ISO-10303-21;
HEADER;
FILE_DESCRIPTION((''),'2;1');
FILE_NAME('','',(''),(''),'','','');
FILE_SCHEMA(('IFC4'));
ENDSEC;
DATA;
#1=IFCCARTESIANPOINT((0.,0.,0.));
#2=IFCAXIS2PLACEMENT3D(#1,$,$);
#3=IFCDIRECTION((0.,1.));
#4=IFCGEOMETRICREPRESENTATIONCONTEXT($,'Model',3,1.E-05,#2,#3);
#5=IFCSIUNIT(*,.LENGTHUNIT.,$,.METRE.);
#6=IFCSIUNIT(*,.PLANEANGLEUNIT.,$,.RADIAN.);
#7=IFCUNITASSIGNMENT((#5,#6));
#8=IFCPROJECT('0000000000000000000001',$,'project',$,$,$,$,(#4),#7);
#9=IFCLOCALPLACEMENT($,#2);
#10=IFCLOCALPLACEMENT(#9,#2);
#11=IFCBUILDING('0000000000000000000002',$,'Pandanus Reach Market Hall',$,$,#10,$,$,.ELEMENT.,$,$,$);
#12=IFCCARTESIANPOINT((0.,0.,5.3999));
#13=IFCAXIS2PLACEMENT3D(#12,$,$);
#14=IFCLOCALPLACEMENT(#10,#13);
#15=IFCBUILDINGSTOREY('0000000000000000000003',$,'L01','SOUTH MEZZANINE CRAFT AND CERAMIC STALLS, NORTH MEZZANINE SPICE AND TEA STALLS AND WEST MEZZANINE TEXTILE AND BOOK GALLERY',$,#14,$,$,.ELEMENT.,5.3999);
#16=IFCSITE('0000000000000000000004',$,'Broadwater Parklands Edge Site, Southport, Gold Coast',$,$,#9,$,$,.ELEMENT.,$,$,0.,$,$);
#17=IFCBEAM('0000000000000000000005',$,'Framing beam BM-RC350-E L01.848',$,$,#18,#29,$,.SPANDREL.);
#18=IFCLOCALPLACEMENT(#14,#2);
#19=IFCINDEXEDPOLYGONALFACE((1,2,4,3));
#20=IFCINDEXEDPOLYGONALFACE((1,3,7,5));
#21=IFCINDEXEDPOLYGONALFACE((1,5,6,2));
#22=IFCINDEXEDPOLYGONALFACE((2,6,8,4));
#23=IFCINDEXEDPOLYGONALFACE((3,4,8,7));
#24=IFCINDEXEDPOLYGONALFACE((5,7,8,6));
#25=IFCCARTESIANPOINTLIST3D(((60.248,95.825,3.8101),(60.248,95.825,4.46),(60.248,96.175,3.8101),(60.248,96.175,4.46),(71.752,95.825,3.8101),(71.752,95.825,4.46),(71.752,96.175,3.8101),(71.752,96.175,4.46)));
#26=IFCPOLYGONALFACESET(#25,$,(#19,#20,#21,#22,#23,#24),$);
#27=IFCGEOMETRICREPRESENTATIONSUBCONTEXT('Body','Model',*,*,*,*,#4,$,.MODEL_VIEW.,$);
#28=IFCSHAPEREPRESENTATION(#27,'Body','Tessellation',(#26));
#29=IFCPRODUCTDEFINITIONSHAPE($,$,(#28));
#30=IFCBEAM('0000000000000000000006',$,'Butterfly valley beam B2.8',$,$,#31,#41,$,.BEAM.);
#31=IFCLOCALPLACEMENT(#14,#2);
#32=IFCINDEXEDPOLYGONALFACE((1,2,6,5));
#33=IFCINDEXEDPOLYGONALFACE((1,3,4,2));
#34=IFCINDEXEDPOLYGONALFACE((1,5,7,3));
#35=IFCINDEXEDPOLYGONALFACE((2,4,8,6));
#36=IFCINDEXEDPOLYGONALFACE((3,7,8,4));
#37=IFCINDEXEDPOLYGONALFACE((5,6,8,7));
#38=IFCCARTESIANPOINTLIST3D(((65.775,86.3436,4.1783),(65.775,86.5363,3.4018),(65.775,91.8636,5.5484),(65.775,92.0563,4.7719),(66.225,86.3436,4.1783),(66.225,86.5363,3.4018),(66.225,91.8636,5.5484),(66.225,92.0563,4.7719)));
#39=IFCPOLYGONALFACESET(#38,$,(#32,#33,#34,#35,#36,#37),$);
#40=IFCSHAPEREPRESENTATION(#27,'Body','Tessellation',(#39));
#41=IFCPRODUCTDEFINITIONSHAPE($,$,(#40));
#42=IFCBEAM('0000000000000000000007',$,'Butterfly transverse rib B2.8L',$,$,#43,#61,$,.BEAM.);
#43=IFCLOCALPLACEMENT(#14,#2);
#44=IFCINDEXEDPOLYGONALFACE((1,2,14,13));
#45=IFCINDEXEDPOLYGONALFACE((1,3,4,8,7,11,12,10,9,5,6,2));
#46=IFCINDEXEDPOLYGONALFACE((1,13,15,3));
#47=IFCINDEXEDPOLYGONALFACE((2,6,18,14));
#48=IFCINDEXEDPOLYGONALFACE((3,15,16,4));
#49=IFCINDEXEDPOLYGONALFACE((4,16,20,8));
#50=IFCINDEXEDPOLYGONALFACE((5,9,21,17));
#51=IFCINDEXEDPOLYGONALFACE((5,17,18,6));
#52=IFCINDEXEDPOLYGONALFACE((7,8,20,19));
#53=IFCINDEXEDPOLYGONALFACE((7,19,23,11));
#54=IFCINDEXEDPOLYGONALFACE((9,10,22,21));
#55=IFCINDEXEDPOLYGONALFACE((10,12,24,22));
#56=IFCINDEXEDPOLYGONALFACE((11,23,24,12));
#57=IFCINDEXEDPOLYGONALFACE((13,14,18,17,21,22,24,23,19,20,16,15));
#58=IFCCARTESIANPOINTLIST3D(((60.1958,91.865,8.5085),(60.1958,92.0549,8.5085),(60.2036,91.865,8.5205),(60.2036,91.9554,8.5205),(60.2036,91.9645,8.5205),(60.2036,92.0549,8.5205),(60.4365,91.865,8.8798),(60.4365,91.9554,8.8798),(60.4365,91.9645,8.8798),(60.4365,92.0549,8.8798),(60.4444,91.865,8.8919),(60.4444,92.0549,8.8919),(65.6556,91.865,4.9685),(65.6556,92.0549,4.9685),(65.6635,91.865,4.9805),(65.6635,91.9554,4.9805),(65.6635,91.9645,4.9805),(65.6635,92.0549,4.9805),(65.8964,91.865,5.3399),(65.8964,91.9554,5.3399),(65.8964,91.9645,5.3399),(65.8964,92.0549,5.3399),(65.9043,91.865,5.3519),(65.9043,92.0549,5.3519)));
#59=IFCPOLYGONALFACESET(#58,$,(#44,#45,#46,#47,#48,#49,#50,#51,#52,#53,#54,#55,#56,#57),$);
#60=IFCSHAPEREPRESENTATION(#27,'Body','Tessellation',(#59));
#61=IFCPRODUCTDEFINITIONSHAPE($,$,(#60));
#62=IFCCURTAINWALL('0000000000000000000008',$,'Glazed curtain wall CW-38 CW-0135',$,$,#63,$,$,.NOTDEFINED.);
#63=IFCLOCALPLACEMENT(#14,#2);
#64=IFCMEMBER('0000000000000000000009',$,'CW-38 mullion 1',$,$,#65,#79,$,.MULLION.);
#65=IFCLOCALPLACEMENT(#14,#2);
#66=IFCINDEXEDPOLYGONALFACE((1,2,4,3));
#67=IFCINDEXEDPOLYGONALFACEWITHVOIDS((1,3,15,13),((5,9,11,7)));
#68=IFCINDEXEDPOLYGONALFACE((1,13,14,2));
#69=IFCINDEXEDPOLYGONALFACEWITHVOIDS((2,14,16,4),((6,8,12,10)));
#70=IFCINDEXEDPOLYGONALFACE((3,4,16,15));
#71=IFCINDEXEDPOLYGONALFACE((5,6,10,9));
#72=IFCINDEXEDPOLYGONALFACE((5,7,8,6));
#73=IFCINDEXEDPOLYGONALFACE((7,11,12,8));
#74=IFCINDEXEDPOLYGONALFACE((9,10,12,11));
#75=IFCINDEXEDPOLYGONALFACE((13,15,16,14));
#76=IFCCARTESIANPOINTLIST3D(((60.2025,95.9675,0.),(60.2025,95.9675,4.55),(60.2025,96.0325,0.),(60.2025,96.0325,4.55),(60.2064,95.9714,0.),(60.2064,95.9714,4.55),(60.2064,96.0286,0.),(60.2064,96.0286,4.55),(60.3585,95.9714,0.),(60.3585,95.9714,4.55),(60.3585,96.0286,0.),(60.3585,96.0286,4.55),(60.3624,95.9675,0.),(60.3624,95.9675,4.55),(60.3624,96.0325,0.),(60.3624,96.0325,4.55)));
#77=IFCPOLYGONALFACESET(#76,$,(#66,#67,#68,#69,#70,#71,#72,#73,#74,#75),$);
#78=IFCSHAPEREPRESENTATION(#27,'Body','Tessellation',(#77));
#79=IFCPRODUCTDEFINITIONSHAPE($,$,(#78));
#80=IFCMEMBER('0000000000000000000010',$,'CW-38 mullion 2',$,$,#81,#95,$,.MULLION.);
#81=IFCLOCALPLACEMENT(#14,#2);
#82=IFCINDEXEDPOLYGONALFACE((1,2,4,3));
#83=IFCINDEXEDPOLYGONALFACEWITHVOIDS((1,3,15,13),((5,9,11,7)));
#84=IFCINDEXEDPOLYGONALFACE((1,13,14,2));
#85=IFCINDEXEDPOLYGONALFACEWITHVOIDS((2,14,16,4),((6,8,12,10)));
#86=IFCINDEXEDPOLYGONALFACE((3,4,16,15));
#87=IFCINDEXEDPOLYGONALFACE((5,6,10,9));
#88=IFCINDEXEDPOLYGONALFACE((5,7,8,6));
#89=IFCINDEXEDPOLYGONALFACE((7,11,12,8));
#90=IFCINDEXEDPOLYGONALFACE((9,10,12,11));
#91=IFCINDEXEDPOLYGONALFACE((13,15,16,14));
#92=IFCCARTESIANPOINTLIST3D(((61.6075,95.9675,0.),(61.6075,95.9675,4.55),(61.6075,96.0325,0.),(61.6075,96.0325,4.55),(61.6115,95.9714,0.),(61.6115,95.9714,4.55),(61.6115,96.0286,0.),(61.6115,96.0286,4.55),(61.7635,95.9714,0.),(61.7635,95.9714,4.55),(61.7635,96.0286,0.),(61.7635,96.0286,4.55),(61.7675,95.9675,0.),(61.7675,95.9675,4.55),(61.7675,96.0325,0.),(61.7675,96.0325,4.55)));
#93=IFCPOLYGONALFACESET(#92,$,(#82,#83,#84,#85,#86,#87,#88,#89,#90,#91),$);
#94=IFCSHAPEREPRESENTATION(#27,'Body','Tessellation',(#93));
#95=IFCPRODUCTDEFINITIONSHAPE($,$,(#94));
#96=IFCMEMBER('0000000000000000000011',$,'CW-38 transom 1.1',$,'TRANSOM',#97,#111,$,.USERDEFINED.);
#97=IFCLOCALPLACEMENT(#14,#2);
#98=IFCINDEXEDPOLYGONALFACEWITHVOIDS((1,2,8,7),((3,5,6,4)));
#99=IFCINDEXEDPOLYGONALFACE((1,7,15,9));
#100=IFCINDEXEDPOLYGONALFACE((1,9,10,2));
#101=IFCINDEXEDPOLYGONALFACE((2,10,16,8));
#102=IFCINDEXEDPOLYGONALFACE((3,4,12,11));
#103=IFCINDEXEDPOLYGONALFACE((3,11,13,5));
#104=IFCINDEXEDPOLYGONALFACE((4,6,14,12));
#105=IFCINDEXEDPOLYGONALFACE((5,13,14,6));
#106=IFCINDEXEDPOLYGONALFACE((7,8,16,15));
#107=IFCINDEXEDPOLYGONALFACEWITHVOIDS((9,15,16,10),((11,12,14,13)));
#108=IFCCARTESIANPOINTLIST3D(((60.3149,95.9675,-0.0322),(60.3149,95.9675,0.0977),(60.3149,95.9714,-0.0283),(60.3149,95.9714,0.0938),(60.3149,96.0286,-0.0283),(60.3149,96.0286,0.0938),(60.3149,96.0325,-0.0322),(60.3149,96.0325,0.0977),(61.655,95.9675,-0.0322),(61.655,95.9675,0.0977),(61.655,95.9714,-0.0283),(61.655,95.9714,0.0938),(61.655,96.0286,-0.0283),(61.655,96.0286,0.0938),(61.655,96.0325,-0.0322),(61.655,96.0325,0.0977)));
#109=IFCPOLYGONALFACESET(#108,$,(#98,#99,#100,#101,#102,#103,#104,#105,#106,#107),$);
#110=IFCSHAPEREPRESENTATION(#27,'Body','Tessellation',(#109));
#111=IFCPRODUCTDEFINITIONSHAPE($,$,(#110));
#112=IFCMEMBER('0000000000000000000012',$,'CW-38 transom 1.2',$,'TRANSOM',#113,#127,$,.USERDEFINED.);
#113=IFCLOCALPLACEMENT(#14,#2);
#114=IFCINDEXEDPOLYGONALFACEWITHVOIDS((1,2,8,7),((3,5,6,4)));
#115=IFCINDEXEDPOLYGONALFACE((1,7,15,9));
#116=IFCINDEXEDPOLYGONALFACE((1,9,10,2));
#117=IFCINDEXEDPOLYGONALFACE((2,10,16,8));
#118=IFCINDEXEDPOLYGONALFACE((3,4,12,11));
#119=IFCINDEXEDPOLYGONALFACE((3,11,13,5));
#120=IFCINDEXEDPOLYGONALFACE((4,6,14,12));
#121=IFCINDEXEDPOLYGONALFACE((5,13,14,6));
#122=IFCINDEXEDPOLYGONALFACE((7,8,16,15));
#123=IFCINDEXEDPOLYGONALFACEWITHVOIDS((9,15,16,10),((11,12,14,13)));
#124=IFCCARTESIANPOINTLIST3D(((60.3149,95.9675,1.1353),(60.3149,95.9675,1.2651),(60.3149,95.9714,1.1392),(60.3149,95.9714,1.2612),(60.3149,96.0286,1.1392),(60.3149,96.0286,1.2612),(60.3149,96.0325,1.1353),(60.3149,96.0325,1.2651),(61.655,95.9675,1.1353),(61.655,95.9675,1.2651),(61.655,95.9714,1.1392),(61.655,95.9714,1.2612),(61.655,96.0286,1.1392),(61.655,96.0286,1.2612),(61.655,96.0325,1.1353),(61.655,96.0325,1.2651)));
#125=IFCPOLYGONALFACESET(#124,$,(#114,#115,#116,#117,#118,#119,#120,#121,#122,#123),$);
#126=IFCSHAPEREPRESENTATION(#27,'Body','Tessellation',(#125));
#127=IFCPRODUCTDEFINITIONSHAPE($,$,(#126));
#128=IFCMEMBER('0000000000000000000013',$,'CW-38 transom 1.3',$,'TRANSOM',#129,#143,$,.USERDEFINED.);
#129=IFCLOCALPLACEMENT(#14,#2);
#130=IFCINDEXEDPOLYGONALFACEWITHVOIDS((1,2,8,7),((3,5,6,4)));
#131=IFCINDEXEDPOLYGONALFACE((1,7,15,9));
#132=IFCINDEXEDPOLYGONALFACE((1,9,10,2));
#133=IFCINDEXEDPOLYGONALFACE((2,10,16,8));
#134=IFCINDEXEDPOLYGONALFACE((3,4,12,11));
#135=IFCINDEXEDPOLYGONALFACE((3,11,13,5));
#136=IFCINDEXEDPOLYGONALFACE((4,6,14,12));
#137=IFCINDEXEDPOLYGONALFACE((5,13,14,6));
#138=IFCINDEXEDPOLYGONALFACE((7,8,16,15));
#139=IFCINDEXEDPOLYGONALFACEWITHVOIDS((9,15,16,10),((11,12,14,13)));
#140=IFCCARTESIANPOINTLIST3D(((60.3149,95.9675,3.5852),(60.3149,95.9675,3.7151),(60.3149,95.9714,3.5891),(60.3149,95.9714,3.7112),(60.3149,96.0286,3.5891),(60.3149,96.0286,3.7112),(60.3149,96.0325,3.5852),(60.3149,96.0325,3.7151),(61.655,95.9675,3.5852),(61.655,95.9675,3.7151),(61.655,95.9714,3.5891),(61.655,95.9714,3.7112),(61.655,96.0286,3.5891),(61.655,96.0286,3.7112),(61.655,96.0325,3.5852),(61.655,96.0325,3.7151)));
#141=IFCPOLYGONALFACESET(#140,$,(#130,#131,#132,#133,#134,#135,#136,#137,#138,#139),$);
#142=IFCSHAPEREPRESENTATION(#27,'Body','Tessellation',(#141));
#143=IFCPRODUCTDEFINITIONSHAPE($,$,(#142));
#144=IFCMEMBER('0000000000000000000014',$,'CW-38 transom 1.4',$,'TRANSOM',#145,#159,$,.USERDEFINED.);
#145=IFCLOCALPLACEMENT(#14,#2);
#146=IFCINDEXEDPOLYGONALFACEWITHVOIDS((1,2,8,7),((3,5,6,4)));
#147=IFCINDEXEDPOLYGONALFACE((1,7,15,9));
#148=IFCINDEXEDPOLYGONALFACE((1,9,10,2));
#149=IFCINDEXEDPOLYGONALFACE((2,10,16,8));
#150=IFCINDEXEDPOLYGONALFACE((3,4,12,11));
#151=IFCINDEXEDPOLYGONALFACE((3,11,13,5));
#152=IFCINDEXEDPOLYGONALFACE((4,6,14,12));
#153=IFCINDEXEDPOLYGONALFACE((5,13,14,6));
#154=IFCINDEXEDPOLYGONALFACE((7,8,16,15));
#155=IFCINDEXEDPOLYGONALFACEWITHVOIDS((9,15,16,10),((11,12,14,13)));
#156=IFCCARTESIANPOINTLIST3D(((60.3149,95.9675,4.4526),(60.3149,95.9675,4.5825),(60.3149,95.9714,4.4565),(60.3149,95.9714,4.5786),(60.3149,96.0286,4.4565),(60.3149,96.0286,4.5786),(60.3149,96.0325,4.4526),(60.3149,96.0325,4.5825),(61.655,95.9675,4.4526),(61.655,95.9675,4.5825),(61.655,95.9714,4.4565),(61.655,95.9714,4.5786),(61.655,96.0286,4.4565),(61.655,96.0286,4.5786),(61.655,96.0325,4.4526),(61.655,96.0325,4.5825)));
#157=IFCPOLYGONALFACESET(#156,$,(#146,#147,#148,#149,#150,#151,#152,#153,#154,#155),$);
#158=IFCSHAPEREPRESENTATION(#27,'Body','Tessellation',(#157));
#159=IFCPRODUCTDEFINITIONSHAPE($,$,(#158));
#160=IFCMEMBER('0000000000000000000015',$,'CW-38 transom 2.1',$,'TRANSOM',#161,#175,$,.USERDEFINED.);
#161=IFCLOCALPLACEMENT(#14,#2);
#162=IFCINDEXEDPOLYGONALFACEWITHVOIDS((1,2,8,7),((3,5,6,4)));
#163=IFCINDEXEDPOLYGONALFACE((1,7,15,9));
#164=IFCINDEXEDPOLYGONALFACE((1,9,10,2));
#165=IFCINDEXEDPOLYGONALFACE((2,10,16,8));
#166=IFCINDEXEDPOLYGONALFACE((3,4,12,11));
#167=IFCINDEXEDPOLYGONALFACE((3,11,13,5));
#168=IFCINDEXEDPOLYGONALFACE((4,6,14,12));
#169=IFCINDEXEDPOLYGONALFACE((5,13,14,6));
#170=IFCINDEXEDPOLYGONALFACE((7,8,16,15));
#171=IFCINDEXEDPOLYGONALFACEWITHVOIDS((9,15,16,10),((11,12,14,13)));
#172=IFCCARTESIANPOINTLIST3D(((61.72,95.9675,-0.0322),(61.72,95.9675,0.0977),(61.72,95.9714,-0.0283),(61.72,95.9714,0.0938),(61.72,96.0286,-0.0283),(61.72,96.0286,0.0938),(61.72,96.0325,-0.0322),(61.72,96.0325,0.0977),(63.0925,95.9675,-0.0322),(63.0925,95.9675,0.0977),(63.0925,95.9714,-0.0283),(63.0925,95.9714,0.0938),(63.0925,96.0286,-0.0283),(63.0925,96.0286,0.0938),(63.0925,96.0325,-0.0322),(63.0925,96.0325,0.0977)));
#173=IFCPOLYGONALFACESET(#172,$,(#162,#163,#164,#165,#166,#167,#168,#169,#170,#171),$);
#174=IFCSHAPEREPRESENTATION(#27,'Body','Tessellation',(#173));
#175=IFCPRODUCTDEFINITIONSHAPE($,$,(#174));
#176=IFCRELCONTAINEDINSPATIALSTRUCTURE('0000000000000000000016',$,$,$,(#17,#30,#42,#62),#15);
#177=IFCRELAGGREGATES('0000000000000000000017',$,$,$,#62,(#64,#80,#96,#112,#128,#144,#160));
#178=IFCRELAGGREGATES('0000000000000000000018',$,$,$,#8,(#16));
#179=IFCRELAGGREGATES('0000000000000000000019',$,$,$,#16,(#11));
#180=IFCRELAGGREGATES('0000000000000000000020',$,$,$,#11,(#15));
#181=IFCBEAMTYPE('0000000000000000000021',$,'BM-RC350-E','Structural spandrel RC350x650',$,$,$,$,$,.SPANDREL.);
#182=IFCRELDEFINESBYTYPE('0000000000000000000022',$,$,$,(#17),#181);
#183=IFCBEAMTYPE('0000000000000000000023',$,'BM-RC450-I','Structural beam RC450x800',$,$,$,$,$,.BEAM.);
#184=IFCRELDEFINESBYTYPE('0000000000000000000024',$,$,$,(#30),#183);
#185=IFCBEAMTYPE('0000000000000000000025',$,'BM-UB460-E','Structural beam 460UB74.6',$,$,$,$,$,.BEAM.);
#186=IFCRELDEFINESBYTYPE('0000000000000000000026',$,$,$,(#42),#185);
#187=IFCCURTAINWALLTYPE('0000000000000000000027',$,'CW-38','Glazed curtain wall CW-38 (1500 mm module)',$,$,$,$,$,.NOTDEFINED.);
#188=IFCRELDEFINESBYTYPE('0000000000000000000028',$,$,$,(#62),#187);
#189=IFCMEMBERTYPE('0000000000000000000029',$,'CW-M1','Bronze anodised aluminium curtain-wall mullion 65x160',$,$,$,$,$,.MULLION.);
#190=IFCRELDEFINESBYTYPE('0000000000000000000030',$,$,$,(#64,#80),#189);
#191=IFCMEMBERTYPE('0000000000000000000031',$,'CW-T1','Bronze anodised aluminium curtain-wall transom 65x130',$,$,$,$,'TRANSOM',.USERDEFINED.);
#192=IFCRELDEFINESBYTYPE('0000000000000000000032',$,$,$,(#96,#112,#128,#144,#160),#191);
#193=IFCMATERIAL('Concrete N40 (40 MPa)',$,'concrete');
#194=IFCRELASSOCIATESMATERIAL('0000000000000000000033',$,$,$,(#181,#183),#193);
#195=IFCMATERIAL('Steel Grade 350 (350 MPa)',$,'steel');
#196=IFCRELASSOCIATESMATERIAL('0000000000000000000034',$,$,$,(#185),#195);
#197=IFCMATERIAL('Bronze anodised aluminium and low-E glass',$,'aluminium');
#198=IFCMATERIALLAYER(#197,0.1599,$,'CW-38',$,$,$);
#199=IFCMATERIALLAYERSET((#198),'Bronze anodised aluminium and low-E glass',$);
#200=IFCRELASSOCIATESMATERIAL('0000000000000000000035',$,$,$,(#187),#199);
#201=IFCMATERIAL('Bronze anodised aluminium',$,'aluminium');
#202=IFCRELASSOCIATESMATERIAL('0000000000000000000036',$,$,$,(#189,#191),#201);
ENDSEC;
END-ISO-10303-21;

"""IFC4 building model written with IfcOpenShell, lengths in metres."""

from ifc_helpers import new_model, si_unit, direction, frame, origin, origin_2d, place, context, subcontext, project, spatial, rectangle, hollow_rectangle, i_section, extrude, material, layer, layer_set, material_profile, profile_set, type_object, element, aggregate, save


model = new_model("IFC4")

# Units and contexts
model_context = context("Model", 3, precision=1e-05, world=origin(), true_north=direction((0.0, 1.0)))
body_context = subcontext(model_context, "Body", "Model", "MODEL_VIEW")
ifc_project = project(units=[si_unit("LENGTHUNIT", "METRE"), si_unit("PLANEANGLEUNIT", "RADIAN")], contexts=[model_context])

# Site, building, storey
site_placement = place(None, origin())
site = spatial("IfcSite", under=ifc_project, at=site_placement, Name="Broadwater Parklands Edge Site, Southport, Gold Coast", CompositionType="ELEMENT", RefElevation=0.0)
building_placement = place(site_placement, origin())
building = spatial("IfcBuilding", under=site, at=building_placement, Name="Pandanus Reach Market Hall", CompositionType="ELEMENT")
storey_placement = place(building_placement, frame((0.0, 0.0, 5.3999)))
storey = spatial("IfcBuildingStorey", under=building, at=storey_placement, Name="L01", Description="SOUTH MEZZANINE CRAFT AND CERAMIC STALLS, NORTH MEZZANINE SPICE AND TEA STALLS AND WEST MEZZANINE TEXTILE AND BOOK GALLERY", CompositionType="ELEMENT", Elevation=5.3999)

# Beams
ifc_material_1 = material(Name="Concrete N40 (40 MPa)", Category="concrete")
ifc_material_profile_1 = material_profile(ifc_material_1, rectangle(XDim=0.3501, YDim=0.6499, at=origin_2d()), Name="RC350x650", Category="LoadBearing")
ifc_profile_set_1 = profile_set([ifc_material_profile_1], Name="Concrete N40 (40 MPa)")
beam_type_1 = type_object("IfcBeamType", Name="BM-RC350-E", Description="Structural spandrel RC350x650", PredefinedType="SPANDREL", material=ifc_profile_set_1)
beam_1_placement = place(storey_placement, frame((60.248, 96.0, 4.135), z_axis=(1.0, 0.0, 0.0), x_axis=(0.0, 1.0, 0.0)))
element("IfcBeam", 1, at=beam_1_placement, inside=storey, type_object=beam_type_1, Name="Framing beam BM-RC350-E L01.848", PredefinedType="SPANDREL", context=body_context, shape_type="SweptSolid", body=[
    extrude(rectangle(XDim=0.3501, YDim=0.6499, at=origin_2d()), origin(), (0.0, 0.0, 1.0), 11.5039),
])
ifc_material_profile_2 = material_profile(ifc_material_1, rectangle(XDim=0.45, YDim=0.8, at=origin_2d()), Name="RC450x800", Category="LoadBearing")
ifc_profile_set_2 = profile_set([ifc_material_profile_2], Name="Concrete N40 (40 MPa)")
beam_type_2 = type_object("IfcBeamType", Name="BM-RC450-I", Description="Structural beam RC450x800", PredefinedType="BEAM", material=ifc_profile_set_2)
beam_2_placement = place(storey_placement, frame((66.0, 86.4399, 3.79), z_axis=(0.0, 0.97055, 0.240899), x_axis=(-1.0, 0.0, 0.0)))
element("IfcBeam", 2, at=beam_2_placement, inside=storey, type_object=beam_type_2, Name="Butterfly valley beam B2.8", PredefinedType="BEAM", context=body_context, shape_type="SweptSolid", body=[
    extrude(rectangle(XDim=0.45, YDim=0.8, at=origin_2d()), origin(), (0.0, 0.0, 1.0), 5.6875),
])
ifc_material_2 = material(Name="Steel Grade 350 (350 MPa)", Category="steel")
ifc_material_profile_3 = material_profile(ifc_material_2, i_section(OverallWidth=0.1899, OverallDepth=0.457, WebThickness=0.009, FlangeThickness=0.0144, at=origin_2d()), Name="460UB74.6", Category="LoadBearing")
ifc_profile_set_3 = profile_set([ifc_material_profile_3], Name="Steel Grade 350 (350 MPa)")
beam_type_3 = type_object("IfcBeamType", Name="BM-UB460-E", Description="Structural beam 460UB74.6", PredefinedType="BEAM", material=ifc_profile_set_3)
beam_3_placement = place(storey_placement, frame((60.3201, 91.96, 8.7002), z_axis=(0.839071, 0.0, -0.544023), x_axis=(0.0, 1.0, 0.0)))
element("IfcBeam", 3, at=beam_3_placement, inside=storey, type_object=beam_type_3, Name="Butterfly transverse rib B2.8L", PredefinedType="BEAM", context=body_context, shape_type="SweptSolid", body=[
    extrude(i_section(OverallWidth=0.1899, OverallDepth=0.457, WebThickness=0.009, FlangeThickness=0.0144, at=origin_2d()), origin(), (0.0, 0.0, 1.0), 6.5071),
])

# Curtain wall, members
ifc_material_3 = material(Name="Bronze anodised aluminium and low-E glass", Category="aluminium")
ifc_layer_1 = layer(ifc_material_3, 0.1599, Name="CW-38")
ifc_layer_set_1 = layer_set([ifc_layer_1], Name="Bronze anodised aluminium and low-E glass")
curtain_wall_type = type_object("IfcCurtainWallType", Name="CW-38", Description="Glazed curtain wall CW-38 (1500 mm module)", PredefinedType="NOTDEFINED", material=ifc_layer_set_1)
curtain_wall_placement = place(storey_placement, origin())
curtain_wall = element("IfcCurtainWall", 4, at=curtain_wall_placement, inside=storey, type_object=curtain_wall_type, Name="Glazed curtain wall CW-38 CW-0135", PredefinedType="NOTDEFINED")
ifc_material_4 = material(Name="Bronze anodised aluminium", Category="aluminium")
ifc_material_profile_4 = material_profile(ifc_material_4, hollow_rectangle(XDim=0.0649, YDim=0.1599, WallThickness=0.0039, at=origin_2d()), Name="ALU65x160", Category="LoadBearing")
ifc_profile_set_4 = profile_set([ifc_material_profile_4], Name="Bronze anodised aluminium")
member_type_1 = type_object("IfcMemberType", Name="CW-M1", Description="Bronze anodised aluminium curtain-wall mullion 65x160", PredefinedType="MULLION", material=ifc_profile_set_4)
member_1_placement = place(storey_placement, frame((60.2825, 96.0, 0.0), z_axis=(0.0, 0.0, 1.0), x_axis=(0.0, 1.0, 0.0)))
member_1 = element("IfcMember", 5, at=member_1_placement, type_object=member_type_1, Name="CW-38 mullion 1", PredefinedType="MULLION", context=body_context, shape_type="SweptSolid", body=[
    extrude(hollow_rectangle(XDim=0.0649, YDim=0.1599, WallThickness=0.0039, at=origin_2d()), origin(), (0.0, 0.0, 1.0), 4.55),
])
member_2_placement = place(storey_placement, frame((61.6875, 96.0, 0.0), z_axis=(0.0, 0.0, 1.0), x_axis=(0.0, 1.0, 0.0)))
member_2 = element("IfcMember", 6, at=member_2_placement, type_object=member_type_1, Name="CW-38 mullion 2", PredefinedType="MULLION", context=body_context, shape_type="SweptSolid", body=[
    extrude(hollow_rectangle(XDim=0.0649, YDim=0.1599, WallThickness=0.0039, at=origin_2d()), origin(), (0.0, 0.0, 1.0), 4.55),
])
ifc_material_profile_5 = material_profile(ifc_material_4, hollow_rectangle(XDim=0.0649, YDim=0.1299, WallThickness=0.0039, at=origin_2d()), Name="ALU65x130", Category="LoadBearing")
ifc_profile_set_5 = profile_set([ifc_material_profile_5], Name="Bronze anodised aluminium")
member_type_2 = type_object("IfcMemberType", Name="CW-T1", Description="Bronze anodised aluminium curtain-wall transom 65x130", ElementType="TRANSOM", PredefinedType="USERDEFINED", material=ifc_profile_set_5)
member_3_placement = place(storey_placement, frame((60.3149, 96.0, 0.0327), z_axis=(1.0, 0.0, 0.0), x_axis=(0.0, 1.0, 0.0)))
member_3 = element("IfcMember", 7, at=member_3_placement, type_object=member_type_2, Name="CW-38 transom 1.1", ObjectType="TRANSOM", PredefinedType="USERDEFINED", context=body_context, shape_type="SweptSolid", body=[
    extrude(hollow_rectangle(XDim=0.0649, YDim=0.1299, WallThickness=0.0039, at=origin_2d()), origin(), (0.0, 0.0, 1.0), 1.3401),
])
member_4_placement = place(storey_placement, frame((60.3149, 96.0, 1.2002), z_axis=(1.0, 0.0, 0.0), x_axis=(0.0, 1.0, 0.0)))
member_4 = element("IfcMember", 8, at=member_4_placement, type_object=member_type_2, Name="CW-38 transom 1.2", ObjectType="TRANSOM", PredefinedType="USERDEFINED", context=body_context, shape_type="SweptSolid", body=[
    extrude(hollow_rectangle(XDim=0.0649, YDim=0.1299, WallThickness=0.0039, at=origin_2d()), origin(), (0.0, 0.0, 1.0), 1.3401),
])
member_5_placement = place(storey_placement, frame((60.3149, 96.0, 3.6501), z_axis=(1.0, 0.0, 0.0), x_axis=(0.0, 1.0, 0.0)))
member_5 = element("IfcMember", 9, at=member_5_placement, type_object=member_type_2, Name="CW-38 transom 1.3", ObjectType="TRANSOM", PredefinedType="USERDEFINED", context=body_context, shape_type="SweptSolid", body=[
    extrude(hollow_rectangle(XDim=0.0649, YDim=0.1299, WallThickness=0.0039, at=origin_2d()), origin(), (0.0, 0.0, 1.0), 1.3401),
])
member_6_placement = place(storey_placement, frame((60.3149, 96.0, 4.5176), z_axis=(1.0, 0.0, 0.0), x_axis=(0.0, 1.0, 0.0)))
member_6 = element("IfcMember", 10, at=member_6_placement, type_object=member_type_2, Name="CW-38 transom 1.4", ObjectType="TRANSOM", PredefinedType="USERDEFINED", context=body_context, shape_type="SweptSolid", body=[
    extrude(hollow_rectangle(XDim=0.0649, YDim=0.1299, WallThickness=0.0039, at=origin_2d()), origin(), (0.0, 0.0, 1.0), 1.3401),
])
member_7_placement = place(storey_placement, frame((61.72, 96.0, 0.0327), z_axis=(1.0, 0.0, 0.0), x_axis=(0.0, 1.0, 0.0)))
member_7 = element("IfcMember", 11, at=member_7_placement, type_object=member_type_2, Name="CW-38 transom 2.1", ObjectType="TRANSOM", PredefinedType="USERDEFINED", context=body_context, shape_type="SweptSolid", body=[
    extrude(hollow_rectangle(XDim=0.0649, YDim=0.1299, WallThickness=0.0039, at=origin_2d()), origin(), (0.0, 0.0, 1.0), 1.3726),
])
aggregate(curtain_wall, [member_1, member_2, member_3, member_4, member_5, member_6, member_7])

save(model, "model.ifc")
